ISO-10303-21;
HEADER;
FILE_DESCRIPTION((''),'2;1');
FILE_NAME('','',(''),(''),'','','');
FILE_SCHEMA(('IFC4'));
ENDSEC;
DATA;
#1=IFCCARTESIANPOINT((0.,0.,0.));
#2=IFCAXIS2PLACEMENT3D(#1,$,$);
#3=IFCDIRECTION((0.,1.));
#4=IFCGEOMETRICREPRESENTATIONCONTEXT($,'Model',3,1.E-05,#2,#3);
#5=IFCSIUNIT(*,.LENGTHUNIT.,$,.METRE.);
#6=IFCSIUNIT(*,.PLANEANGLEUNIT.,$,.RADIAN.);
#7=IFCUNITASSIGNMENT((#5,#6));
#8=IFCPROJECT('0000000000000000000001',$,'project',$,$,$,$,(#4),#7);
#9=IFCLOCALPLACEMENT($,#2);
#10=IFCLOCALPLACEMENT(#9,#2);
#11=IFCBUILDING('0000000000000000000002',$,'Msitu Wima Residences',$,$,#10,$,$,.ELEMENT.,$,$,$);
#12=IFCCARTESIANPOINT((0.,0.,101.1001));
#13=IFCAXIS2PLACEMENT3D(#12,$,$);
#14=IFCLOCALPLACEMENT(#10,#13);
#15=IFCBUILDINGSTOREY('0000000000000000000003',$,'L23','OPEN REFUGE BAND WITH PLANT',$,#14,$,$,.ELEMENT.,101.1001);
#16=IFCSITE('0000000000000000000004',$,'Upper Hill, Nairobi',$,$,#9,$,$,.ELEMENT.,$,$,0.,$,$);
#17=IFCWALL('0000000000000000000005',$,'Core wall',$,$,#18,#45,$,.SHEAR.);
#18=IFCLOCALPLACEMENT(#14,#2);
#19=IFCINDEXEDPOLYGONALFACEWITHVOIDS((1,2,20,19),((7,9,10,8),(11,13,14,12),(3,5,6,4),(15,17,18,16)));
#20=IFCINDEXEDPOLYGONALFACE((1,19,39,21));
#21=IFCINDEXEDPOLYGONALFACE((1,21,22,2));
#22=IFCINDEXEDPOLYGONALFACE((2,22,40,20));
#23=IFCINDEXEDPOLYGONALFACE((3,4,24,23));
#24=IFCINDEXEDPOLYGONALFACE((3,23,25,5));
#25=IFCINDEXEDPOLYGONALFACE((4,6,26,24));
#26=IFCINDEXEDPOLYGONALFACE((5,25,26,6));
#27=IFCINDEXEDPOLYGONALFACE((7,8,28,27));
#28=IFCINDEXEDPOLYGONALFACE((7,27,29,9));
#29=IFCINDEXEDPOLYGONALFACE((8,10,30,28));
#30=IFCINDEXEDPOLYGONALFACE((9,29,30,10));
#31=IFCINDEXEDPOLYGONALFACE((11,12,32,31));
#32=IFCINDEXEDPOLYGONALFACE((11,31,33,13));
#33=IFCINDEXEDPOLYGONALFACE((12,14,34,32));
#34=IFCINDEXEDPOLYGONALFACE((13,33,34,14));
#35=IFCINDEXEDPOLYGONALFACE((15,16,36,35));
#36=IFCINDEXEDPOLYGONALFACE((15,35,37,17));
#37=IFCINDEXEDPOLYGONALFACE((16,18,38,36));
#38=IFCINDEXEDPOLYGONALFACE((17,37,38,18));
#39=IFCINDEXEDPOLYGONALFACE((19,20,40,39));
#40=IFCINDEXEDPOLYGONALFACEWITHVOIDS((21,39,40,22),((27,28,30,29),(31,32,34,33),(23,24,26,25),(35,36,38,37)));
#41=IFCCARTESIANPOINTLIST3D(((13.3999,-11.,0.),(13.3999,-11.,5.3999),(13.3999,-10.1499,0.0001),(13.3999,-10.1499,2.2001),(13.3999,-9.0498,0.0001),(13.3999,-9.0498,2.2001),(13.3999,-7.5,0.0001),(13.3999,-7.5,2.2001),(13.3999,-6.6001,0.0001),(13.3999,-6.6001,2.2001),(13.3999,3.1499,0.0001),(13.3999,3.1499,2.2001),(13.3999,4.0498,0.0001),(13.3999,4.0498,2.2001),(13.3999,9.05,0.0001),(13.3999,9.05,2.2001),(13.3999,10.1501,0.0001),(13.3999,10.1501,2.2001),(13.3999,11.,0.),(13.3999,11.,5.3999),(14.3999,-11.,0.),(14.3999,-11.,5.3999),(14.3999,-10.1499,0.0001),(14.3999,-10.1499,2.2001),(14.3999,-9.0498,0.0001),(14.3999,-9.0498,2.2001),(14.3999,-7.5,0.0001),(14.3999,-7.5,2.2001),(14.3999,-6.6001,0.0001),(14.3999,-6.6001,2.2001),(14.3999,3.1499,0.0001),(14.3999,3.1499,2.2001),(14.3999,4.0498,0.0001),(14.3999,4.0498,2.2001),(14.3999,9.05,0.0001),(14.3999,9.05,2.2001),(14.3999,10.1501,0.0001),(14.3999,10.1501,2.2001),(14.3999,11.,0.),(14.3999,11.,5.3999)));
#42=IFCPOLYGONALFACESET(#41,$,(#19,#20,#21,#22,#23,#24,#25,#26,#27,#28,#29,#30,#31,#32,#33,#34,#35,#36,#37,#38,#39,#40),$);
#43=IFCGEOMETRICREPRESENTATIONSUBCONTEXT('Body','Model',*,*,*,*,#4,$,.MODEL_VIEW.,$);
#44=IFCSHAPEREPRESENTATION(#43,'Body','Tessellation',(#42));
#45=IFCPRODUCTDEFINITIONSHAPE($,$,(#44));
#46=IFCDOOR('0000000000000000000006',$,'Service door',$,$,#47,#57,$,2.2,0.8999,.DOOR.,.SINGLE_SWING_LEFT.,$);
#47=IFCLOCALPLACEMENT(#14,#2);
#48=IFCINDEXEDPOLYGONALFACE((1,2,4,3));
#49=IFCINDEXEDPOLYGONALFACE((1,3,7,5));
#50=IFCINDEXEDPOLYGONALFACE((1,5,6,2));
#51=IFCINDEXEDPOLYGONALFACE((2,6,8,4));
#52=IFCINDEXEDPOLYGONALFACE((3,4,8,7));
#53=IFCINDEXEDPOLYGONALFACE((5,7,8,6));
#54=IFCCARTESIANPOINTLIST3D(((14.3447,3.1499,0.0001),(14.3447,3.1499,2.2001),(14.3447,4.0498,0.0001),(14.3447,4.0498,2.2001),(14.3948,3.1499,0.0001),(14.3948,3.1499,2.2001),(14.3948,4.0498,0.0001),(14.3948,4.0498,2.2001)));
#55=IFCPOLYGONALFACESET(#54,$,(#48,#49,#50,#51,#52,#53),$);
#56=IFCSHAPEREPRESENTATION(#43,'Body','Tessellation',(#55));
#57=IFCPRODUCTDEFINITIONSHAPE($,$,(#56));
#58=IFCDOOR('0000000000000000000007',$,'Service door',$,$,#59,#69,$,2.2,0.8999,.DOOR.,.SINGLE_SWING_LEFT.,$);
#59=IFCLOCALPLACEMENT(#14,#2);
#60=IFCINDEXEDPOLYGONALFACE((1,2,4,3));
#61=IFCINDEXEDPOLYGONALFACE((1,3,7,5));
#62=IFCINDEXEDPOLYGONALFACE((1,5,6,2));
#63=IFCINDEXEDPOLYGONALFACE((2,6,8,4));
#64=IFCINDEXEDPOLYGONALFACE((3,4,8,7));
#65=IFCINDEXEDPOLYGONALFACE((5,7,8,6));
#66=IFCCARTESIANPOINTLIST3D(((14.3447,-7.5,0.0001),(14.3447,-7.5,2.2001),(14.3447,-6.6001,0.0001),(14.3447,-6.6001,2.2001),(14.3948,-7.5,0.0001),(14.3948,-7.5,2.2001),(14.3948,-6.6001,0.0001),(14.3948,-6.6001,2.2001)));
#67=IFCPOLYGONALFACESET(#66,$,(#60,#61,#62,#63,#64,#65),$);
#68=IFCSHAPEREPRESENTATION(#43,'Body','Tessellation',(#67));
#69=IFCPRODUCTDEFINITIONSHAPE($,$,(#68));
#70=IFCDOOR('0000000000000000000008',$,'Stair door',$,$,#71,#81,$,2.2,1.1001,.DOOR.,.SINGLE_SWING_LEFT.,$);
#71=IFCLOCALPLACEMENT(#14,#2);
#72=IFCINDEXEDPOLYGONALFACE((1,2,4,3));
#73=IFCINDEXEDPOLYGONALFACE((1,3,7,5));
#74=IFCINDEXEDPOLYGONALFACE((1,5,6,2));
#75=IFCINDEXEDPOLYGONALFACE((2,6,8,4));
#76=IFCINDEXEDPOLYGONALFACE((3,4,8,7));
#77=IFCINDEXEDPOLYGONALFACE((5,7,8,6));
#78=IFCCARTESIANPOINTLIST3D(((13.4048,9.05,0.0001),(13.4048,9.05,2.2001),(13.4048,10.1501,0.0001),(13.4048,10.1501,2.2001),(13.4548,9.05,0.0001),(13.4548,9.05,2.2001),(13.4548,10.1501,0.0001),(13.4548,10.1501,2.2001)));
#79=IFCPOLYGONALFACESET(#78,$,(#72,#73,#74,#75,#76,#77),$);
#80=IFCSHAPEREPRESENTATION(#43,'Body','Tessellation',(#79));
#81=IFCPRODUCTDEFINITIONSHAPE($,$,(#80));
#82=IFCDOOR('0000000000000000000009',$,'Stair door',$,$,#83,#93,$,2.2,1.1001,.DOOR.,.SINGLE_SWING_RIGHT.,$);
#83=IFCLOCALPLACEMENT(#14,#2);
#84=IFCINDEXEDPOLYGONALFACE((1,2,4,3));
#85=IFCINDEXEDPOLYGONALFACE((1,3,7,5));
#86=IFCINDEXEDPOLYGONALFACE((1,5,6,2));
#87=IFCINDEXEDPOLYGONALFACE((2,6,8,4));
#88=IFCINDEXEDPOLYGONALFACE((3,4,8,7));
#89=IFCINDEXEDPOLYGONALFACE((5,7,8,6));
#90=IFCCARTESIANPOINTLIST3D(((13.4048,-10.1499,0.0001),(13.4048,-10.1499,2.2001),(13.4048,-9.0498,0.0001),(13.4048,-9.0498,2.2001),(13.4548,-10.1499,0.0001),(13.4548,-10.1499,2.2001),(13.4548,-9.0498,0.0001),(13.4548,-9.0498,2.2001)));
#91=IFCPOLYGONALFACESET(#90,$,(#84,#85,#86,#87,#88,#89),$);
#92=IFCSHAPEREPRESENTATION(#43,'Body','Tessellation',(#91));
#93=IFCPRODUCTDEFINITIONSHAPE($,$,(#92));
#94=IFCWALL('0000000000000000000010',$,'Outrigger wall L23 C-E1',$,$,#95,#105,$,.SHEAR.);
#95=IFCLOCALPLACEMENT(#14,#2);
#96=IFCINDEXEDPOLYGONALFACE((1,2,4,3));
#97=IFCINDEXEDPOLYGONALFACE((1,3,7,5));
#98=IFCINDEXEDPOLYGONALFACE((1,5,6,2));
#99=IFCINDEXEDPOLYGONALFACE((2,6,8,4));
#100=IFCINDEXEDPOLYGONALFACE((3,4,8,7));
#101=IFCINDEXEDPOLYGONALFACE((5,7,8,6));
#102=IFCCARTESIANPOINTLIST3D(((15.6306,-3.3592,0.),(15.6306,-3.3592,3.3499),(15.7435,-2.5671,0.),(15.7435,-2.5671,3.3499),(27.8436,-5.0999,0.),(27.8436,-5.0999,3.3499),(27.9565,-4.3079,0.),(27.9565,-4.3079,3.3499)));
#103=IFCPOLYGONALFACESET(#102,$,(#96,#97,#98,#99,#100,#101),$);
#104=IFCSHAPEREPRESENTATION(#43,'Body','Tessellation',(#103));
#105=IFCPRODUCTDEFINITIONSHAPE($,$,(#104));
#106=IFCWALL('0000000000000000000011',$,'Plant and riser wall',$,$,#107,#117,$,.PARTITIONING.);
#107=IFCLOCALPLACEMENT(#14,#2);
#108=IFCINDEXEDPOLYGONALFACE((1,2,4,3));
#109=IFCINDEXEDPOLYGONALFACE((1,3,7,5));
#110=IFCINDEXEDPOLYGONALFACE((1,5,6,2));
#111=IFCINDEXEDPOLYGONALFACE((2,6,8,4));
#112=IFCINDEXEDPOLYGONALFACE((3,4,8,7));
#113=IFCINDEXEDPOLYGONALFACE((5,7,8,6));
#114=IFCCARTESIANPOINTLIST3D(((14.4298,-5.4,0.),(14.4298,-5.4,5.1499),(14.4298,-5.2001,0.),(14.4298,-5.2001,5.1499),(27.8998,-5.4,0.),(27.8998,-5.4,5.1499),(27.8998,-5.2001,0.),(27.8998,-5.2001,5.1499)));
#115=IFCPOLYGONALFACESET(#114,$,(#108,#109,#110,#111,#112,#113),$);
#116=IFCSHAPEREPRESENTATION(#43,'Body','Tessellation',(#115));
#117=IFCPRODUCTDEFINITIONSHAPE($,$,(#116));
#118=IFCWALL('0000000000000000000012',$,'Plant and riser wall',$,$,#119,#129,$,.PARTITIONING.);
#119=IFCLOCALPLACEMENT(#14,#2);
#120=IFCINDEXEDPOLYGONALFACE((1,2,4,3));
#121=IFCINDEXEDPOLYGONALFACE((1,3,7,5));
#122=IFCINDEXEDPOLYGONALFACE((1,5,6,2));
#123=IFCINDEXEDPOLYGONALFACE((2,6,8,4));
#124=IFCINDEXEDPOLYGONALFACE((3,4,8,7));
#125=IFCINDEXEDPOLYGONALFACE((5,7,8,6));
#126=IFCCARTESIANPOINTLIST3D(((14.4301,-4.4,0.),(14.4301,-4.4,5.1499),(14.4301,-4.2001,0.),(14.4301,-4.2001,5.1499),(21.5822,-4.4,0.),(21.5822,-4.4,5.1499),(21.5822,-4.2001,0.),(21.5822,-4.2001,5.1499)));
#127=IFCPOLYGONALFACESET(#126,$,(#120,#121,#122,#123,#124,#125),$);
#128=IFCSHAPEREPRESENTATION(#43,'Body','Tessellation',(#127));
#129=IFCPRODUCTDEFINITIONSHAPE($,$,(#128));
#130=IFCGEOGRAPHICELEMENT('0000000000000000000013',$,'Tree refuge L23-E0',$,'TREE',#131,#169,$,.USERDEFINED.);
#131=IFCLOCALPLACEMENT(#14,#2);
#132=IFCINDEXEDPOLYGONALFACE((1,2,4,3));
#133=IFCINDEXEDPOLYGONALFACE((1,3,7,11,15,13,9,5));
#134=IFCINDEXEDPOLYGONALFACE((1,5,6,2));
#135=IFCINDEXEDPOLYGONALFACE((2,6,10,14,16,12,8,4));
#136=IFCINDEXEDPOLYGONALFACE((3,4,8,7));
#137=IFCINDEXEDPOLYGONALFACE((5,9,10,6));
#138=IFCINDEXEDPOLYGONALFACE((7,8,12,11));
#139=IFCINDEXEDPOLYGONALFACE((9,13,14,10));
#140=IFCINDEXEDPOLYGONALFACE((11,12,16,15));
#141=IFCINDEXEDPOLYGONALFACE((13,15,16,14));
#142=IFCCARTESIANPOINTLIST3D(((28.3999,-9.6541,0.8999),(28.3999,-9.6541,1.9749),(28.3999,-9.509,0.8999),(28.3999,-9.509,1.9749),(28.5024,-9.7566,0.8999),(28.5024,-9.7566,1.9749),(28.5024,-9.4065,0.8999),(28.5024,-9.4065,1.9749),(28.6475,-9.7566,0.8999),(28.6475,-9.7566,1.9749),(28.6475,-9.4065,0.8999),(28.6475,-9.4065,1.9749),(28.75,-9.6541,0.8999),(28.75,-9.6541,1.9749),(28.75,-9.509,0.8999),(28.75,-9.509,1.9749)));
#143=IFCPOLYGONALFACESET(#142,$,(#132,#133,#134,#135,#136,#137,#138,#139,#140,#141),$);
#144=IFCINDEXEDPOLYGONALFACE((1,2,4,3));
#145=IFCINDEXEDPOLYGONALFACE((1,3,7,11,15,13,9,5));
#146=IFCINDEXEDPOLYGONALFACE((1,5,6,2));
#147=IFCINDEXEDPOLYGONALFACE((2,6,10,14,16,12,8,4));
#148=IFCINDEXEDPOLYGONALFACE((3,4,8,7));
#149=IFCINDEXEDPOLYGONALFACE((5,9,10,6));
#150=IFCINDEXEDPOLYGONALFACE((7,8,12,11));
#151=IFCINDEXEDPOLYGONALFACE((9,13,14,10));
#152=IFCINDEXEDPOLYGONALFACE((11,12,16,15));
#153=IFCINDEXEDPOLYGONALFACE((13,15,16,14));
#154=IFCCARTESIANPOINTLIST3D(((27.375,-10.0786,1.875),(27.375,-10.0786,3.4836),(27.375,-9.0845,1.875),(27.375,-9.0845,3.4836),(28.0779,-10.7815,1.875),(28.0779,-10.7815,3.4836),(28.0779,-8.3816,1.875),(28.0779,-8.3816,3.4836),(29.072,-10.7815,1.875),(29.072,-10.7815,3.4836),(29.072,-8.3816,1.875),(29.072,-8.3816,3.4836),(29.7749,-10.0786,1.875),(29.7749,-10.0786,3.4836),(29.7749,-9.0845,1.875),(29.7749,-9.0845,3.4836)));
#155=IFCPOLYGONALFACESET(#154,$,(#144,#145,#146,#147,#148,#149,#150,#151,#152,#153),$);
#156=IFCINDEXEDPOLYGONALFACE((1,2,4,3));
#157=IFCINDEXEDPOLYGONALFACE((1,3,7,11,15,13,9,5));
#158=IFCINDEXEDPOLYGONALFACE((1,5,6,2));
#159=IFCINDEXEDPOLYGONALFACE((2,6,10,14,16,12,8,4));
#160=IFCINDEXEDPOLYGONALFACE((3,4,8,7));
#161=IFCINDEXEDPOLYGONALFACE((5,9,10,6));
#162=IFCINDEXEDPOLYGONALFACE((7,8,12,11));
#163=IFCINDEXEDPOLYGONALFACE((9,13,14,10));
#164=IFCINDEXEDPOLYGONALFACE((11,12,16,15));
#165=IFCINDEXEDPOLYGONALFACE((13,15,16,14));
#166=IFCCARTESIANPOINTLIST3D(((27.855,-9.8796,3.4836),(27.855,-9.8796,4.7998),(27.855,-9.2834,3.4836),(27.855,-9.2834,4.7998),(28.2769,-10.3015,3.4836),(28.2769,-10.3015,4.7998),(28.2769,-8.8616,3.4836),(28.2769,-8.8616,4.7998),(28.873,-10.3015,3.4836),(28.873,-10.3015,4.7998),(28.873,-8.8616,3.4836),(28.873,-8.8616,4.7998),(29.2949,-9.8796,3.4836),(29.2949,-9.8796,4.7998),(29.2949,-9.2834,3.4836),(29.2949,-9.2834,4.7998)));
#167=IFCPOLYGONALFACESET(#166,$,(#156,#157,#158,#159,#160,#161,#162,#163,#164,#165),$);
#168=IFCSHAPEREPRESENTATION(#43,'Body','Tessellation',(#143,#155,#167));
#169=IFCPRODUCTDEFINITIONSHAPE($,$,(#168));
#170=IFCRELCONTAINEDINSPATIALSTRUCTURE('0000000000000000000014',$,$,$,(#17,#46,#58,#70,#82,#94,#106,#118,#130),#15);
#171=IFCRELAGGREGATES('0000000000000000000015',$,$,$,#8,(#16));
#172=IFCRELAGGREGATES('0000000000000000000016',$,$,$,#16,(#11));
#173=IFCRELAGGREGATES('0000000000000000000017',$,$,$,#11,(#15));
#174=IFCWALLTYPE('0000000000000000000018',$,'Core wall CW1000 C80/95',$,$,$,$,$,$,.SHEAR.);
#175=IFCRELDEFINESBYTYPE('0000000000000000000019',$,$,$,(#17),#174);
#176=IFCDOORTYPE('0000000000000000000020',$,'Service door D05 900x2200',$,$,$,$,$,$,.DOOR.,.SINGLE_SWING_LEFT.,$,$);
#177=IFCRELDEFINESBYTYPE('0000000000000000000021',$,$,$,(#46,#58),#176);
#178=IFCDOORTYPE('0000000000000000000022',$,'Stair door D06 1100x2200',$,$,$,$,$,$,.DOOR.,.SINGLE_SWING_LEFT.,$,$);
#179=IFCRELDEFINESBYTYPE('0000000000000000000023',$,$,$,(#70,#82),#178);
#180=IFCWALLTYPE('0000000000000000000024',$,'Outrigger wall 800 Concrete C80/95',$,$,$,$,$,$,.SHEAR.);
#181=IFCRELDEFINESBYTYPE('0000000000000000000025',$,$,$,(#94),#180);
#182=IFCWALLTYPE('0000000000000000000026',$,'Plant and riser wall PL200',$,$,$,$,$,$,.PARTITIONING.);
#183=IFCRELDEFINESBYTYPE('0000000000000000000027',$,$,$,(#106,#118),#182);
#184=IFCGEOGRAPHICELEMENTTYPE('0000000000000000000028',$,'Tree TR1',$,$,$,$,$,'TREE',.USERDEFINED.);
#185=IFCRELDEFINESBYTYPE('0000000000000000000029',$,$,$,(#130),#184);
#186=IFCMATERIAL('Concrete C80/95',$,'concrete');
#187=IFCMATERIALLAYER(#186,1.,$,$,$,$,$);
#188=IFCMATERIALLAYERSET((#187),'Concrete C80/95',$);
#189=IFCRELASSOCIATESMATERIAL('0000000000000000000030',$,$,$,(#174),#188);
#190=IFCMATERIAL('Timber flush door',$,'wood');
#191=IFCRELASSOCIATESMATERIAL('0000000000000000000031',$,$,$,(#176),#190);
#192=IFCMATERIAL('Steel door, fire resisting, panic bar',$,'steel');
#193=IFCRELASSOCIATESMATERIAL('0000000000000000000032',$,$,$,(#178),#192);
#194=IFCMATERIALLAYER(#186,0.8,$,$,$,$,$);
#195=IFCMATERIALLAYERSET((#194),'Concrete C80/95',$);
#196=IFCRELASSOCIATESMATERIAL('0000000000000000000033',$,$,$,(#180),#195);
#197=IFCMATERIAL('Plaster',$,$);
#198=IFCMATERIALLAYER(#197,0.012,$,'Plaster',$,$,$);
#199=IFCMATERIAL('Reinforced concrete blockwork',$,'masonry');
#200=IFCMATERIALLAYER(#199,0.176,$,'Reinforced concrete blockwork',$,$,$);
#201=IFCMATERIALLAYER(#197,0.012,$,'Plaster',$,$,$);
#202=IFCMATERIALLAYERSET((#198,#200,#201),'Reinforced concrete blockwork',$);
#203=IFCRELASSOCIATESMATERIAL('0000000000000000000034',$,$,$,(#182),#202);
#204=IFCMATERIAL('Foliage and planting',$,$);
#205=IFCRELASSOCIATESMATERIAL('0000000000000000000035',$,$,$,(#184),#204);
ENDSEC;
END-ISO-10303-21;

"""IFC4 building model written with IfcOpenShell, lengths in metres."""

from ifc_helpers import new_model, si_unit, direction, frame, frame_2d, origin, place, context, subcontext, project, spatial, polyline, rectangle, outline, extrude, material, layer, layer_set, type_object, element, fill, save


model = new_model("IFC4")

# Units and contexts
model_context = context("Model", 3, precision=1e-05, world=origin(), true_north=direction((0.0, 1.0)))
body_context = subcontext(model_context, "Body", "Model", "MODEL_VIEW")
ifc_project = project(units=[si_unit("LENGTHUNIT", "METRE"), si_unit("PLANEANGLEUNIT", "RADIAN")], contexts=[model_context])

# Site, building, storey
site_placement = place(None, origin())
site = spatial("IfcSite", under=ifc_project, at=site_placement, Name="Upper Hill, Nairobi", CompositionType="ELEMENT", RefElevation=0.0)
building_placement = place(site_placement, origin())
building = spatial("IfcBuilding", under=site, at=building_placement, Name="Msitu Wima Residences", CompositionType="ELEMENT")
storey_placement = place(building_placement, frame((0.0, 0.0, 101.1001)))
storey = spatial("IfcBuildingStorey", under=building, at=storey_placement, Name="L23", Description="OPEN REFUGE BAND WITH PLANT", CompositionType="ELEMENT", Elevation=101.1001)

# Shared definitions
ifc_material_1 = material(Name="Concrete C80/95", Category="concrete")

# Wall, openings, doors
ifc_layer_1 = layer(ifc_material_1, 1.0)
ifc_layer_set_1 = layer_set([ifc_layer_1], Name="Concrete C80/95")
wall_type_1 = type_object("IfcWallType", Name="Core wall CW1000 C80/95", PredefinedType="SHEAR", material=ifc_layer_set_1)
wall_1_placement = place(storey_placement, frame((13.8999, -11.0, 0.0), z_axis=(0.0, 0.0, 1.0), x_axis=(0.0, 1.0, 0.0)))
wall_1 = element("IfcWall", 1, at=wall_1_placement, inside=storey, type_object=wall_type_1, Name="Core wall", PredefinedType="SHEAR", context=body_context, shape_type="SweptSolid", body=[
    extrude(rectangle(XDim=22.0, YDim=1.0, at=frame_2d((11.0, 0.0))), origin(), (0.0, 0.0, 1.0), 5.3999),
])
opening_1_placement = place(wall_1_placement, frame((20.05, 0.0, 0.0)))
opening_1 = element("IfcOpeningElement", 2, at=opening_1_placement, cuts=wall_1, PredefinedType="OPENING", context=body_context, shape_type="SweptSolid", body=[
    extrude(rectangle(XDim=1.1001, YDim=2.2, at=frame_2d((0.55, 1.1001))), frame((0.0, 0.51, 0.0), z_axis=(0.0, -1.0, 0.0), x_axis=(1.0, 0.0, 0.0)), (0.0, 0.0, 1.0), 1.02),
])
opening_2_placement = place(wall_1_placement, frame((14.1499, 0.0, 0.0)))
opening_2 = element("IfcOpeningElement", 3, at=opening_2_placement, cuts=wall_1, PredefinedType="OPENING", context=body_context, shape_type="SweptSolid", body=[
    extrude(rectangle(XDim=0.8999, YDim=2.2, at=frame_2d((0.45, 1.1001))), frame((0.0, 0.51, 0.0), z_axis=(0.0, -1.0, 0.0), x_axis=(1.0, 0.0, 0.0)), (0.0, 0.0, 1.0), 1.02),
])
opening_3_placement = place(wall_1_placement, frame((0.8501, 0.0, 0.0)))
opening_3 = element("IfcOpeningElement", 4, at=opening_3_placement, cuts=wall_1, PredefinedType="OPENING", context=body_context, shape_type="SweptSolid", body=[
    extrude(rectangle(XDim=1.1001, YDim=2.2, at=frame_2d((0.55, 1.1001))), frame((0.0, 0.51, 0.0), z_axis=(0.0, -1.0, 0.0), x_axis=(1.0, 0.0, 0.0)), (0.0, 0.0, 1.0), 1.02),
])
opening_4_placement = place(wall_1_placement, frame((3.5, 0.0, 0.0)))
opening_4 = element("IfcOpeningElement", 5, at=opening_4_placement, cuts=wall_1, PredefinedType="OPENING", context=body_context, shape_type="SweptSolid", body=[
    extrude(rectangle(XDim=0.8999, YDim=2.2, at=frame_2d((0.45, 1.1001))), frame((0.0, 0.51, 0.0), z_axis=(0.0, -1.0, 0.0), x_axis=(1.0, 0.0, 0.0)), (0.0, 0.0, 1.0), 1.02),
])
ifc_material_2 = material(Name="Timber flush door", Category="wood")
door_type_1 = type_object("IfcDoorType", Name="Service door D05 900x2200", OperationType="SINGLE_SWING_LEFT", PredefinedType="DOOR", material=ifc_material_2)
door_1_placement = place(opening_2_placement, origin())
door_1 = element("IfcDoor", 6, at=door_1_placement, inside=storey, type_object=door_type_1, Name="Service door", OperationType="SINGLE_SWING_LEFT", OverallHeight=2.2, OverallWidth=0.8999, PredefinedType="DOOR", context=body_context, shape_type="SweptSolid", body=[
    extrude(rectangle(XDim=0.8999, YDim=2.2, at=frame_2d((0.45, 1.1001))), frame((0.0, -0.4448, 0.0), z_axis=(0.0, -1.0, 0.0), x_axis=(1.0, 0.0, 0.0)), (0.0, 0.0, 1.0), 0.05),
])
fill(opening_2, door_1)
door_2_placement = place(opening_4_placement, origin())
door_2 = element("IfcDoor", 7, at=door_2_placement, inside=storey, type_object=door_type_1, Name="Service door", OperationType="SINGLE_SWING_LEFT", OverallHeight=2.2, OverallWidth=0.8999, PredefinedType="DOOR", context=body_context, shape_type="SweptSolid", body=[
    extrude(rectangle(XDim=0.8999, YDim=2.2, at=frame_2d((0.45, 1.1001))), frame((0.0, -0.4448, 0.0), z_axis=(0.0, -1.0, 0.0), x_axis=(1.0, 0.0, 0.0)), (0.0, 0.0, 1.0), 0.05),
])
fill(opening_4, door_2)
ifc_material_3 = material(Name="Steel door, fire resisting, panic bar", Category="steel")
door_type_2 = type_object("IfcDoorType", Name="Stair door D06 1100x2200", OperationType="SINGLE_SWING_LEFT", PredefinedType="DOOR", material=ifc_material_3)
door_3_placement = place(opening_1_placement, origin())
door_3 = element("IfcDoor", 8, at=door_3_placement, inside=storey, type_object=door_type_2, Name="Stair door", OperationType="SINGLE_SWING_LEFT", OverallHeight=2.2, OverallWidth=1.1001, PredefinedType="DOOR", context=body_context, shape_type="SweptSolid", body=[
    extrude(rectangle(XDim=1.1001, YDim=2.2, at=frame_2d((0.55, 1.1001))), frame((0.0, 0.4951, 0.0), z_axis=(0.0, -1.0, 0.0), x_axis=(1.0, 0.0, 0.0)), (0.0, 0.0, 1.0), 0.05),
])
fill(opening_1, door_3)
door_4_placement = place(opening_3_placement, origin())
door_4 = element("IfcDoor", 9, at=door_4_placement, inside=storey, type_object=door_type_2, Name="Stair door", OperationType="SINGLE_SWING_RIGHT", OverallHeight=2.2, OverallWidth=1.1001, PredefinedType="DOOR", context=body_context, shape_type="SweptSolid", body=[
    extrude(rectangle(XDim=1.1001, YDim=2.2, at=frame_2d((0.55, 1.1001))), frame((0.0, 0.4951, 0.0), z_axis=(0.0, -1.0, 0.0), x_axis=(1.0, 0.0, 0.0)), (0.0, 0.0, 1.0), 0.05),
])
fill(opening_3, door_4)

# Walls
ifc_layer_2 = layer(ifc_material_1, 0.8)
ifc_layer_set_2 = layer_set([ifc_layer_2], Name="Concrete C80/95")
wall_type_2 = type_object("IfcWallType", Name="Outrigger wall 800 Concrete C80/95", PredefinedType="SHEAR", material=ifc_layer_set_2)
wall_2_placement = place(storey_placement, frame((15.687, -2.9631, 0.0), z_axis=(0.0, 0.0, 1.0), x_axis=(0.989995, -0.141105, 0.0)))
element("IfcWall", 10, at=wall_2_placement, inside=storey, type_object=wall_type_2, Name="Outrigger wall L23 C-E1", PredefinedType="SHEAR", context=body_context, shape_type="SweptSolid", body=[
    extrude(rectangle(XDim=12.3364, YDim=0.8, at=frame_2d((6.1682, 0.0))), origin(), (0.0, 0.0, 1.0), 3.3499),
])
ifc_material_4 = material(Name="Plaster")
ifc_layer_3 = layer(ifc_material_4, 0.012, Name="Plaster")
ifc_material_5 = material(Name="Reinforced concrete blockwork", Category="masonry")
ifc_layer_4 = layer(ifc_material_5, 0.176, Name="Reinforced concrete blockwork")
ifc_layer_5 = layer(ifc_material_4, 0.012, Name="Plaster")
ifc_layer_set_3 = layer_set([ifc_layer_3, ifc_layer_4, ifc_layer_5], Name="Reinforced concrete blockwork")
wall_type_3 = type_object("IfcWallType", Name="Plant and riser wall PL200", PredefinedType="PARTITIONING", material=ifc_layer_set_3)
wall_3_placement = place(storey_placement, frame((14.4299, -5.3, 0.0), z_axis=(0.0, 0.0, 1.0), x_axis=(1.0, 0.0, 0.0)))
element("IfcWall", 11, at=wall_3_placement, inside=storey, type_object=wall_type_3, Name="Plant and riser wall", PredefinedType="PARTITIONING", context=body_context, shape_type="SweptSolid", body=[
    extrude(rectangle(XDim=13.47, YDim=0.2, at=frame_2d((6.7349, 0.0))), origin(), (0.0, 0.0, 1.0), 5.1499),
])
wall_4_placement = place(storey_placement, frame((14.4299, -4.3, 0.0), z_axis=(0.0, 0.0, 1.0), x_axis=(1.0, 0.0, 0.0)))
element("IfcWall", 12, at=wall_4_placement, inside=storey, type_object=wall_type_3, Name="Plant and riser wall", PredefinedType="PARTITIONING", context=body_context, shape_type="SweptSolid", body=[
    extrude(rectangle(XDim=7.1521, YDim=0.2, at=frame_2d((3.5762, 0.0))), origin(), (0.0, 0.0, 1.0), 5.1499),
])

# Geographic element
ifc_material_6 = material(Name="Foliage and planting")
geographic_element_type = type_object("IfcGeographicElementType", Name="Tree TR1", ElementType="TREE", PredefinedType="USERDEFINED", material=ifc_material_6)
geographic_element_placement = place(storey_placement, frame((28.575, -9.5815, 0.8999), z_axis=(0.0, 0.0, 1.0), x_axis=(1.0, 0.0, 0.0)))
element("IfcGeographicElement", 13, at=geographic_element_placement, inside=storey, type_object=geographic_element_type, Name="Tree refuge L23-E0", ObjectType="TREE", PredefinedType="USERDEFINED", context=body_context, shape_type="SweptSolid", body=[
    extrude(outline(polyline([(0.175, 0.0725), (0.0725, 0.175), (-0.0725, 0.175), (-0.175, 0.0725), (-0.175, -0.0725), (-0.0725, -0.175), (0.0725, -0.175), (0.175, -0.0725), (0.175, 0.0725)])), origin(), (0.0, 0.0, 1.0), 1.075),
    extrude(outline(polyline([(1.2, 0.4971), (0.4971, 1.2), (-0.4971, 1.2), (-1.2, 0.4971), (-1.2, -0.4971), (-0.4971, -1.2), (0.4971, -1.2), (1.2, -0.4971), (1.2, 0.4971)])), frame((0.0, 0.0, 0.9751)), (0.0, 0.0, 1.0), 1.6086),
    extrude(outline(polyline([(0.72, 0.2981), (0.2981, 0.72), (-0.2981, 0.72), (-0.72, 0.2981), (-0.72, -0.2981), (-0.2981, -0.72), (0.2981, -0.72), (0.72, -0.2981), (0.72, 0.2981)])), frame((0.0, 0.0, 2.5837)), (0.0, 0.0, 1.0), 1.3162),
])

save(model, "model.ifc")
